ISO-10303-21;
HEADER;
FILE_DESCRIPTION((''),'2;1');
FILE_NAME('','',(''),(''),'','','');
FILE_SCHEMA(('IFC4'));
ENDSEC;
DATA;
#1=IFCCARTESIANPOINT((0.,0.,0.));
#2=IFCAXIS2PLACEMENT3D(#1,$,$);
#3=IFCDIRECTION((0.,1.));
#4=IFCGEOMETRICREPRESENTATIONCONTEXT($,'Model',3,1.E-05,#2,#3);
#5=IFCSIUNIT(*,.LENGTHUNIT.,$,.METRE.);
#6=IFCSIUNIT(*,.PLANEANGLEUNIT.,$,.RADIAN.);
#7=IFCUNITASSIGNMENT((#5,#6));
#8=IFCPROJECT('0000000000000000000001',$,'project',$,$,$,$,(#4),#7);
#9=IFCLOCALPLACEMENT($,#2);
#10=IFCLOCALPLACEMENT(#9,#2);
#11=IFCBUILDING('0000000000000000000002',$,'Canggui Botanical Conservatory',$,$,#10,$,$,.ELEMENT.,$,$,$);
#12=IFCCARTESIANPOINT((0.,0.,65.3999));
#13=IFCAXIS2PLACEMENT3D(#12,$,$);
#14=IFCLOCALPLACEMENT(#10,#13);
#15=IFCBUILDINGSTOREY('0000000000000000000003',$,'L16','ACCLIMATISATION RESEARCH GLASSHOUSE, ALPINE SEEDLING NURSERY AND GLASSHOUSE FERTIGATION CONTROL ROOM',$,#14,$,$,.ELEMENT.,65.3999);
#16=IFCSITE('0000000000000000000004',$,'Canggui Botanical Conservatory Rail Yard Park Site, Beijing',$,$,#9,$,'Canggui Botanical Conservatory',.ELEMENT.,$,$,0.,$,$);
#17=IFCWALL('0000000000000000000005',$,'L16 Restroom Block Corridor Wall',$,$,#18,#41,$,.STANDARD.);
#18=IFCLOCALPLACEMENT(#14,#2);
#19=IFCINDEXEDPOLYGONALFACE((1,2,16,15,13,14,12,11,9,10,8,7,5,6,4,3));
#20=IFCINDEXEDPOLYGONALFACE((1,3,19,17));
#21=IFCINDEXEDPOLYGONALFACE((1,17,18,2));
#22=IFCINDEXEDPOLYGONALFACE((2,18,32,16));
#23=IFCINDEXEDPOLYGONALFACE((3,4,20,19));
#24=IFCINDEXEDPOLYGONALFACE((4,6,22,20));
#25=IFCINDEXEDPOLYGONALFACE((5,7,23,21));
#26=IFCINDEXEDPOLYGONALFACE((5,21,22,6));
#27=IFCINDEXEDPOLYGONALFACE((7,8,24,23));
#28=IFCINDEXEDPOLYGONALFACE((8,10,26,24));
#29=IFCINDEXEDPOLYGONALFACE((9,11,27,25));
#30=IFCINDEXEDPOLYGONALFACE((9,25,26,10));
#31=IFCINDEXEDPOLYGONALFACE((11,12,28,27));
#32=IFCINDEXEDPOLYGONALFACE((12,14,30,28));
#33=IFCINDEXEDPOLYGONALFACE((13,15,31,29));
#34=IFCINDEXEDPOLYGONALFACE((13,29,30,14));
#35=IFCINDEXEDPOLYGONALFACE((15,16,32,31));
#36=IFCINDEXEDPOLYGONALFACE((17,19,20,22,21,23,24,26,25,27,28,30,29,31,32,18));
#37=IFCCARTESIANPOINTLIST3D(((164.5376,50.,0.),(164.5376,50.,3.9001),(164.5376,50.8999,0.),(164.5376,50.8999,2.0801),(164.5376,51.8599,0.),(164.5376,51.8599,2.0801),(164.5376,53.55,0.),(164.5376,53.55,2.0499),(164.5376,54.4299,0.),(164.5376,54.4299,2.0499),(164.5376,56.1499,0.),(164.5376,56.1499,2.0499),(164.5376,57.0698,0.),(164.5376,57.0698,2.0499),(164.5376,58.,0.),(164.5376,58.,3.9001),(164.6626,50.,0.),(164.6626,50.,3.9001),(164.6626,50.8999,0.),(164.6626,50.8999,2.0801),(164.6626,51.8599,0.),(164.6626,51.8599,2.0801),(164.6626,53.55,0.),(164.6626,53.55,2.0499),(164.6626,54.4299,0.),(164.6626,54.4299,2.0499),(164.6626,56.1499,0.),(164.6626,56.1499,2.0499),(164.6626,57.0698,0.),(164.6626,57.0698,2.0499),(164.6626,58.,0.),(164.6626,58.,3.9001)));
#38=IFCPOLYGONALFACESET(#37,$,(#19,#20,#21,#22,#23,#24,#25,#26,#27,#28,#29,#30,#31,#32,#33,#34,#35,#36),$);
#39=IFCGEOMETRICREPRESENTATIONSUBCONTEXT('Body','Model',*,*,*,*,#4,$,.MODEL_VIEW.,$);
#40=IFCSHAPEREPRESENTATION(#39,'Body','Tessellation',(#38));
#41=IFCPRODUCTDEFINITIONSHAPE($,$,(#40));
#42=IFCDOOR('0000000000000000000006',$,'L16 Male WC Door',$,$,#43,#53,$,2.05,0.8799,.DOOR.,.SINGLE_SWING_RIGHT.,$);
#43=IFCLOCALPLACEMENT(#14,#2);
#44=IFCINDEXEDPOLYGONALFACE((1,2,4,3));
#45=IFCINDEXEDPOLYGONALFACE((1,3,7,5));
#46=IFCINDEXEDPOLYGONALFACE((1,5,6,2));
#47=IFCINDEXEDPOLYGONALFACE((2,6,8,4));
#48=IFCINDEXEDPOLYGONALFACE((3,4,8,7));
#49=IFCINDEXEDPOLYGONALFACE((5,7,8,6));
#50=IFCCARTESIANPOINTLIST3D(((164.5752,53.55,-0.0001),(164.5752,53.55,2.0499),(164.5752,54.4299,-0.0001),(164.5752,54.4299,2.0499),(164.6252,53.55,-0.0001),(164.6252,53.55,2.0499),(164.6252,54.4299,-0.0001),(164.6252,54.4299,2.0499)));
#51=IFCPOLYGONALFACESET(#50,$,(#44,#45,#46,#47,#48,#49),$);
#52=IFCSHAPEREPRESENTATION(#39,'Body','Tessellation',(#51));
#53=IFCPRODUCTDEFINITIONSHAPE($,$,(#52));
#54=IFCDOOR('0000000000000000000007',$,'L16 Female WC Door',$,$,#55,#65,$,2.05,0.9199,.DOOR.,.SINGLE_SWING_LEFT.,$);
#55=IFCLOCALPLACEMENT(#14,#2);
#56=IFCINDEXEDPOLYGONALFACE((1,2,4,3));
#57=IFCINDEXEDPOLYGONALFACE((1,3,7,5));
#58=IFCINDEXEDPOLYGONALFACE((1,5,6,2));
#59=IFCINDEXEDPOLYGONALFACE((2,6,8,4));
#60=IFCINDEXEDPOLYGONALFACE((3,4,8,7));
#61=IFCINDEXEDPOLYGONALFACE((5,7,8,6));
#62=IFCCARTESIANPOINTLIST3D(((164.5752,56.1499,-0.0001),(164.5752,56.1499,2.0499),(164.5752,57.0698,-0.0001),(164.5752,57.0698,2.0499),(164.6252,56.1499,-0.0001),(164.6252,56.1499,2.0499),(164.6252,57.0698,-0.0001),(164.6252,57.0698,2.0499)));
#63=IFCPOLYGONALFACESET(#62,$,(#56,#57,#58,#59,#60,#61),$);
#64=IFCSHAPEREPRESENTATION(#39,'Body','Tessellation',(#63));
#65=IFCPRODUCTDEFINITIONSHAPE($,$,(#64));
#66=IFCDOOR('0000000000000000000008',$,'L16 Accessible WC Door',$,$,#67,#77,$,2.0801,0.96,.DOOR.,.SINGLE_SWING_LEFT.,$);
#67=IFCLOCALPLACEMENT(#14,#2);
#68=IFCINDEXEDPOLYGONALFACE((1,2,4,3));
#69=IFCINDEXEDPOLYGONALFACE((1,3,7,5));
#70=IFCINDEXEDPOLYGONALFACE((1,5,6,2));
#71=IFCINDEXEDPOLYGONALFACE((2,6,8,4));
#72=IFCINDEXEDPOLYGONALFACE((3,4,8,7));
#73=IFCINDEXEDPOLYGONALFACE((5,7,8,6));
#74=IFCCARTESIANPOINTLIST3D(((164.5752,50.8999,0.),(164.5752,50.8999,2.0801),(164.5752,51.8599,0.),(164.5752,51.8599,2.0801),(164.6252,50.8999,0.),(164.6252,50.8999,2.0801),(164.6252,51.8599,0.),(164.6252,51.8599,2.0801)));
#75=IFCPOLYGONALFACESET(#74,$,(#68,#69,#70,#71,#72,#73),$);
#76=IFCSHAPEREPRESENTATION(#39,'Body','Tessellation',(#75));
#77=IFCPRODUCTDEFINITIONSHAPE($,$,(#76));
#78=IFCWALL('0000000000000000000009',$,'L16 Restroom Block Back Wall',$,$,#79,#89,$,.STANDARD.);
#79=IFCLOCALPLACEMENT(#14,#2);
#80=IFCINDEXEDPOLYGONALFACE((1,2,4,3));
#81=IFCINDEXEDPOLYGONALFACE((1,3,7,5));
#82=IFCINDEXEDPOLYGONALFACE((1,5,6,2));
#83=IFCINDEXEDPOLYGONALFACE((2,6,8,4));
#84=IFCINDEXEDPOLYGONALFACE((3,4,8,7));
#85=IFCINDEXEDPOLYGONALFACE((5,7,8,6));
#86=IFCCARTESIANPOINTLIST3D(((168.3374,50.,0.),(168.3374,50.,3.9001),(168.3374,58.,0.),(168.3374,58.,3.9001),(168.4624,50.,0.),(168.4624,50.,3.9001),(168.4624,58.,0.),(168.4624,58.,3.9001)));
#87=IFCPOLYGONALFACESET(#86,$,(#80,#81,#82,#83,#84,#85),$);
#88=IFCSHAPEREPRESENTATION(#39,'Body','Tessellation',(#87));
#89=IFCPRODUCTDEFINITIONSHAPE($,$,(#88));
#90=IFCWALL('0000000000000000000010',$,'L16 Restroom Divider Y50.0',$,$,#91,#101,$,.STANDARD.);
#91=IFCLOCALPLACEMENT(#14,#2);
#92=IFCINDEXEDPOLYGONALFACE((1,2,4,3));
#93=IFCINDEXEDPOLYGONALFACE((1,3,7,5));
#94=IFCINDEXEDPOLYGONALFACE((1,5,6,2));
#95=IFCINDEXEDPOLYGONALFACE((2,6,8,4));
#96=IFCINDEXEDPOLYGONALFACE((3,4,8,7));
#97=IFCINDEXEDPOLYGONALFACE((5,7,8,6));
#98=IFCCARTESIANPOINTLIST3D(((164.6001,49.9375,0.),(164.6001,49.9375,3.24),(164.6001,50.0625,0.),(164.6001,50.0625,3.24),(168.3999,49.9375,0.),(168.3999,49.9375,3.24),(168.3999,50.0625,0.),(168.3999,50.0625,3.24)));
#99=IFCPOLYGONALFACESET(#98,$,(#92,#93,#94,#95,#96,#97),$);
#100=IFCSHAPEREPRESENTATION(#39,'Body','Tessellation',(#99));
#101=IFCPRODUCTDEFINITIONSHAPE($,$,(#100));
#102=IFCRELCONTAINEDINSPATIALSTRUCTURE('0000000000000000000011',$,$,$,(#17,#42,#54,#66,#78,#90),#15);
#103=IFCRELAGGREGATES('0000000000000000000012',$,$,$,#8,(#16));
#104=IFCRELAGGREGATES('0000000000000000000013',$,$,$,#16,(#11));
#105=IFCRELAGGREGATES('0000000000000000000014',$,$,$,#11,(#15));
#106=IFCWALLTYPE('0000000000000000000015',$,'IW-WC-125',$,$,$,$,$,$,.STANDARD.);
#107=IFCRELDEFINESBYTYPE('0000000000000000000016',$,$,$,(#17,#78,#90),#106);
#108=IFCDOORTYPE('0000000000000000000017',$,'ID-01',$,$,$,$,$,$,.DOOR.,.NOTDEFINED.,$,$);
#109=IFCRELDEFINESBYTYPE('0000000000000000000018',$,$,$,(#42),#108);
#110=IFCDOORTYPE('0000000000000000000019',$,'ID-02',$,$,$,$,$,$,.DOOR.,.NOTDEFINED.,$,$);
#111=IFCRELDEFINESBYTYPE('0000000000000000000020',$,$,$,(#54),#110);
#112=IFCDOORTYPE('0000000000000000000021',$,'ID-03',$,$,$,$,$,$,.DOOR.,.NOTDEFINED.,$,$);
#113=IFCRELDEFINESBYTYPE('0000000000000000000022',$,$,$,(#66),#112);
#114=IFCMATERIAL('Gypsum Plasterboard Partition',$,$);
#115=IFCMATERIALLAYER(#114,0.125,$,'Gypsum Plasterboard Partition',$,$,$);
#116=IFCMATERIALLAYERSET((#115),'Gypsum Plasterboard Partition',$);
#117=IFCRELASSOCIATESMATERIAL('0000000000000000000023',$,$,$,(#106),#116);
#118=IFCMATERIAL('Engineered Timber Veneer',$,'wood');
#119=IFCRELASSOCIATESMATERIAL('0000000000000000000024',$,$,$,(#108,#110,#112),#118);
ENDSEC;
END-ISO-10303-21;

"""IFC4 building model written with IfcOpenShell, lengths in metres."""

from ifc_helpers import new_model, si_unit, direction, frame, frame_2d, origin, place, context, subcontext, project, spatial, rectangle, extrude, material, layer, layer_set, type_object, element, fill, save


model = new_model("IFC4")

# Units and contexts
model_context = context("Model", 3, precision=1e-05, world=origin(), true_north=direction((0.0, 1.0)))
body_context = subcontext(model_context, "Body", "Model", "MODEL_VIEW")
ifc_project = project(units=[si_unit("LENGTHUNIT", "METRE"), si_unit("PLANEANGLEUNIT", "RADIAN")], contexts=[model_context])

# Site, building, storey
site_placement = place(None, origin())
site = spatial("IfcSite", under=ifc_project, at=site_placement, Name="Canggui Botanical Conservatory Rail Yard Park Site, Beijing", LongName="Canggui Botanical Conservatory", CompositionType="ELEMENT", RefElevation=0.0)
building_placement = place(site_placement, origin())
building = spatial("IfcBuilding", under=site, at=building_placement, Name="Canggui Botanical Conservatory", CompositionType="ELEMENT")
storey_placement = place(building_placement, frame((0.0, 0.0, 65.3999)))
storey = spatial("IfcBuildingStorey", under=building, at=storey_placement, Name="L16", Description="ACCLIMATISATION RESEARCH GLASSHOUSE, ALPINE SEEDLING NURSERY AND GLASSHOUSE FERTIGATION CONTROL ROOM", CompositionType="ELEMENT", Elevation=65.3999)

# Shared definitions
ifc_material_1 = material(Name="Gypsum Plasterboard Partition")

# Wall, openings, doors
ifc_layer_1 = layer(ifc_material_1, 0.125, Name="Gypsum Plasterboard Partition")
ifc_layer_set_1 = layer_set([ifc_layer_1], Name="Gypsum Plasterboard Partition")
wall_type_1 = type_object("IfcWallType", Name="IW-WC-125", PredefinedType="STANDARD", material=ifc_layer_set_1)
wall_1_placement = place(storey_placement, frame((164.6001, 50.0, 0.0), z_axis=(0.0, 0.0, 1.0), x_axis=(0.0, 1.0, 0.0)))
wall_1 = element("IfcWall", 1, at=wall_1_placement, inside=storey, type_object=wall_type_1, Name="L16 Restroom Block Corridor Wall", PredefinedType="STANDARD", context=body_context, shape_type="SweptSolid", body=[
    extrude(rectangle(XDim=8.0, YDim=0.125, at=frame_2d((4.0, 0.0))), origin(), (0.0, 0.0, 1.0), 3.9001),
])
opening_1_placement = place(wall_1_placement, frame((0.8999, 0.0, 0.0)))
opening_1 = element("IfcOpeningElement", 2, at=opening_1_placement, cuts=wall_1, PredefinedType="OPENING", context=body_context, shape_type="SweptSolid", body=[
    extrude(rectangle(XDim=0.96, YDim=2.0801, at=frame_2d((0.48, 1.04))), frame((0.0, 0.0725, 0.0), z_axis=(0.0, -1.0, 0.0), x_axis=(1.0, 0.0, 0.0)), (0.0, 0.0, 1.0), 0.145),
])
opening_2_placement = place(wall_1_placement, frame((3.55, 0.0, 0.0)))
opening_2 = element("IfcOpeningElement", 3, at=opening_2_placement, cuts=wall_1, PredefinedType="OPENING", context=body_context, shape_type="SweptSolid", body=[
    extrude(rectangle(XDim=0.8799, YDim=2.05, at=frame_2d((0.4399, 1.0249))), frame((0.0, 0.0725, 0.0), z_axis=(0.0, -1.0, 0.0), x_axis=(1.0, 0.0, 0.0)), (0.0, 0.0, 1.0), 0.145),
])
opening_3_placement = place(wall_1_placement, frame((6.1499, 0.0, 0.0)))
opening_3 = element("IfcOpeningElement", 4, at=opening_3_placement, cuts=wall_1, PredefinedType="OPENING", context=body_context, shape_type="SweptSolid", body=[
    extrude(rectangle(XDim=0.9199, YDim=2.05, at=frame_2d((0.46, 1.0249))), frame((0.0, 0.0725, 0.0), z_axis=(0.0, -1.0, 0.0), x_axis=(1.0, 0.0, 0.0)), (0.0, 0.0, 1.0), 0.145),
])
ifc_material_2 = material(Name="Engineered Timber Veneer", Category="wood")
door_type_1 = type_object("IfcDoorType", Name="ID-01", OperationType="NOTDEFINED", PredefinedType="DOOR", material=ifc_material_2)
door_1_placement = place(opening_2_placement, origin())
door_1 = element("IfcDoor", 5, at=door_1_placement, inside=storey, type_object=door_type_1, Name="L16 Male WC Door", OperationType="SINGLE_SWING_RIGHT", OverallHeight=2.05, OverallWidth=0.8799, PredefinedType="DOOR", context=body_context, shape_type="SweptSolid", body=[
    extrude(rectangle(XDim=0.8799, YDim=2.05, at=frame_2d((0.4399, 1.0249))), frame((0.0, 0.0249, 0.0), z_axis=(0.0, -1.0, 0.0), x_axis=(1.0, 0.0, 0.0)), (0.0, 0.0, 1.0), 0.05),
])
fill(opening_2, door_1)
door_type_2 = type_object("IfcDoorType", Name="ID-02", OperationType="NOTDEFINED", PredefinedType="DOOR", material=ifc_material_2)
door_2_placement = place(opening_3_placement, origin())
door_2 = element("IfcDoor", 6, at=door_2_placement, inside=storey, type_object=door_type_2, Name="L16 Female WC Door", OperationType="SINGLE_SWING_LEFT", OverallHeight=2.05, OverallWidth=0.9199, PredefinedType="DOOR", context=body_context, shape_type="SweptSolid", body=[
    extrude(rectangle(XDim=0.9199, YDim=2.05, at=frame_2d((0.46, 1.0249))), frame((0.0, 0.0249, 0.0), z_axis=(0.0, -1.0, 0.0), x_axis=(1.0, 0.0, 0.0)), (0.0, 0.0, 1.0), 0.05),
])
fill(opening_3, door_2)
door_type_3 = type_object("IfcDoorType", Name="ID-03", OperationType="NOTDEFINED", PredefinedType="DOOR", material=ifc_material_2)
door_3_placement = place(opening_1_placement, origin())
door_3 = element("IfcDoor", 7, at=door_3_placement, inside=storey, type_object=door_type_3, Name="L16 Accessible WC Door", OperationType="SINGLE_SWING_LEFT", OverallHeight=2.0801, OverallWidth=0.96, PredefinedType="DOOR", context=body_context, shape_type="SweptSolid", body=[
    extrude(rectangle(XDim=0.96, YDim=2.0801, at=frame_2d((0.48, 1.04))), frame((0.0, 0.0249, 0.0), z_axis=(0.0, -1.0, 0.0), x_axis=(1.0, 0.0, 0.0)), (0.0, 0.0, 1.0), 0.05),
])
fill(opening_1, door_3)

# Walls
wall_2_placement = place(storey_placement, frame((168.3999, 50.0, 0.0), z_axis=(0.0, 0.0, 1.0), x_axis=(0.0, 1.0, 0.0)))
element("IfcWall", 8, at=wall_2_placement, inside=storey, type_object=wall_type_1, Name="L16 Restroom Block Back Wall", PredefinedType="STANDARD", context=body_context, shape_type="SweptSolid", body=[
    extrude(rectangle(XDim=8.0, YDim=0.125, at=frame_2d((4.0, 0.0))), origin(), (0.0, 0.0, 1.0), 3.9001),
])
wall_3_placement = place(storey_placement, frame((164.6001, 50.0, 0.0), z_axis=(0.0, 0.0, 1.0), x_axis=(1.0, 0.0, 0.0)))
element("IfcWall", 9, at=wall_3_placement, inside=storey, type_object=wall_type_1, Name="L16 Restroom Divider Y50.0", PredefinedType="STANDARD", context=body_context, shape_type="SweptSolid", body=[
    extrude(rectangle(XDim=3.7998, YDim=0.125, at=frame_2d((1.8999, 0.0))), origin(), (0.0, 0.0, 1.0), 3.24),
])

save(model, "model.ifc")
